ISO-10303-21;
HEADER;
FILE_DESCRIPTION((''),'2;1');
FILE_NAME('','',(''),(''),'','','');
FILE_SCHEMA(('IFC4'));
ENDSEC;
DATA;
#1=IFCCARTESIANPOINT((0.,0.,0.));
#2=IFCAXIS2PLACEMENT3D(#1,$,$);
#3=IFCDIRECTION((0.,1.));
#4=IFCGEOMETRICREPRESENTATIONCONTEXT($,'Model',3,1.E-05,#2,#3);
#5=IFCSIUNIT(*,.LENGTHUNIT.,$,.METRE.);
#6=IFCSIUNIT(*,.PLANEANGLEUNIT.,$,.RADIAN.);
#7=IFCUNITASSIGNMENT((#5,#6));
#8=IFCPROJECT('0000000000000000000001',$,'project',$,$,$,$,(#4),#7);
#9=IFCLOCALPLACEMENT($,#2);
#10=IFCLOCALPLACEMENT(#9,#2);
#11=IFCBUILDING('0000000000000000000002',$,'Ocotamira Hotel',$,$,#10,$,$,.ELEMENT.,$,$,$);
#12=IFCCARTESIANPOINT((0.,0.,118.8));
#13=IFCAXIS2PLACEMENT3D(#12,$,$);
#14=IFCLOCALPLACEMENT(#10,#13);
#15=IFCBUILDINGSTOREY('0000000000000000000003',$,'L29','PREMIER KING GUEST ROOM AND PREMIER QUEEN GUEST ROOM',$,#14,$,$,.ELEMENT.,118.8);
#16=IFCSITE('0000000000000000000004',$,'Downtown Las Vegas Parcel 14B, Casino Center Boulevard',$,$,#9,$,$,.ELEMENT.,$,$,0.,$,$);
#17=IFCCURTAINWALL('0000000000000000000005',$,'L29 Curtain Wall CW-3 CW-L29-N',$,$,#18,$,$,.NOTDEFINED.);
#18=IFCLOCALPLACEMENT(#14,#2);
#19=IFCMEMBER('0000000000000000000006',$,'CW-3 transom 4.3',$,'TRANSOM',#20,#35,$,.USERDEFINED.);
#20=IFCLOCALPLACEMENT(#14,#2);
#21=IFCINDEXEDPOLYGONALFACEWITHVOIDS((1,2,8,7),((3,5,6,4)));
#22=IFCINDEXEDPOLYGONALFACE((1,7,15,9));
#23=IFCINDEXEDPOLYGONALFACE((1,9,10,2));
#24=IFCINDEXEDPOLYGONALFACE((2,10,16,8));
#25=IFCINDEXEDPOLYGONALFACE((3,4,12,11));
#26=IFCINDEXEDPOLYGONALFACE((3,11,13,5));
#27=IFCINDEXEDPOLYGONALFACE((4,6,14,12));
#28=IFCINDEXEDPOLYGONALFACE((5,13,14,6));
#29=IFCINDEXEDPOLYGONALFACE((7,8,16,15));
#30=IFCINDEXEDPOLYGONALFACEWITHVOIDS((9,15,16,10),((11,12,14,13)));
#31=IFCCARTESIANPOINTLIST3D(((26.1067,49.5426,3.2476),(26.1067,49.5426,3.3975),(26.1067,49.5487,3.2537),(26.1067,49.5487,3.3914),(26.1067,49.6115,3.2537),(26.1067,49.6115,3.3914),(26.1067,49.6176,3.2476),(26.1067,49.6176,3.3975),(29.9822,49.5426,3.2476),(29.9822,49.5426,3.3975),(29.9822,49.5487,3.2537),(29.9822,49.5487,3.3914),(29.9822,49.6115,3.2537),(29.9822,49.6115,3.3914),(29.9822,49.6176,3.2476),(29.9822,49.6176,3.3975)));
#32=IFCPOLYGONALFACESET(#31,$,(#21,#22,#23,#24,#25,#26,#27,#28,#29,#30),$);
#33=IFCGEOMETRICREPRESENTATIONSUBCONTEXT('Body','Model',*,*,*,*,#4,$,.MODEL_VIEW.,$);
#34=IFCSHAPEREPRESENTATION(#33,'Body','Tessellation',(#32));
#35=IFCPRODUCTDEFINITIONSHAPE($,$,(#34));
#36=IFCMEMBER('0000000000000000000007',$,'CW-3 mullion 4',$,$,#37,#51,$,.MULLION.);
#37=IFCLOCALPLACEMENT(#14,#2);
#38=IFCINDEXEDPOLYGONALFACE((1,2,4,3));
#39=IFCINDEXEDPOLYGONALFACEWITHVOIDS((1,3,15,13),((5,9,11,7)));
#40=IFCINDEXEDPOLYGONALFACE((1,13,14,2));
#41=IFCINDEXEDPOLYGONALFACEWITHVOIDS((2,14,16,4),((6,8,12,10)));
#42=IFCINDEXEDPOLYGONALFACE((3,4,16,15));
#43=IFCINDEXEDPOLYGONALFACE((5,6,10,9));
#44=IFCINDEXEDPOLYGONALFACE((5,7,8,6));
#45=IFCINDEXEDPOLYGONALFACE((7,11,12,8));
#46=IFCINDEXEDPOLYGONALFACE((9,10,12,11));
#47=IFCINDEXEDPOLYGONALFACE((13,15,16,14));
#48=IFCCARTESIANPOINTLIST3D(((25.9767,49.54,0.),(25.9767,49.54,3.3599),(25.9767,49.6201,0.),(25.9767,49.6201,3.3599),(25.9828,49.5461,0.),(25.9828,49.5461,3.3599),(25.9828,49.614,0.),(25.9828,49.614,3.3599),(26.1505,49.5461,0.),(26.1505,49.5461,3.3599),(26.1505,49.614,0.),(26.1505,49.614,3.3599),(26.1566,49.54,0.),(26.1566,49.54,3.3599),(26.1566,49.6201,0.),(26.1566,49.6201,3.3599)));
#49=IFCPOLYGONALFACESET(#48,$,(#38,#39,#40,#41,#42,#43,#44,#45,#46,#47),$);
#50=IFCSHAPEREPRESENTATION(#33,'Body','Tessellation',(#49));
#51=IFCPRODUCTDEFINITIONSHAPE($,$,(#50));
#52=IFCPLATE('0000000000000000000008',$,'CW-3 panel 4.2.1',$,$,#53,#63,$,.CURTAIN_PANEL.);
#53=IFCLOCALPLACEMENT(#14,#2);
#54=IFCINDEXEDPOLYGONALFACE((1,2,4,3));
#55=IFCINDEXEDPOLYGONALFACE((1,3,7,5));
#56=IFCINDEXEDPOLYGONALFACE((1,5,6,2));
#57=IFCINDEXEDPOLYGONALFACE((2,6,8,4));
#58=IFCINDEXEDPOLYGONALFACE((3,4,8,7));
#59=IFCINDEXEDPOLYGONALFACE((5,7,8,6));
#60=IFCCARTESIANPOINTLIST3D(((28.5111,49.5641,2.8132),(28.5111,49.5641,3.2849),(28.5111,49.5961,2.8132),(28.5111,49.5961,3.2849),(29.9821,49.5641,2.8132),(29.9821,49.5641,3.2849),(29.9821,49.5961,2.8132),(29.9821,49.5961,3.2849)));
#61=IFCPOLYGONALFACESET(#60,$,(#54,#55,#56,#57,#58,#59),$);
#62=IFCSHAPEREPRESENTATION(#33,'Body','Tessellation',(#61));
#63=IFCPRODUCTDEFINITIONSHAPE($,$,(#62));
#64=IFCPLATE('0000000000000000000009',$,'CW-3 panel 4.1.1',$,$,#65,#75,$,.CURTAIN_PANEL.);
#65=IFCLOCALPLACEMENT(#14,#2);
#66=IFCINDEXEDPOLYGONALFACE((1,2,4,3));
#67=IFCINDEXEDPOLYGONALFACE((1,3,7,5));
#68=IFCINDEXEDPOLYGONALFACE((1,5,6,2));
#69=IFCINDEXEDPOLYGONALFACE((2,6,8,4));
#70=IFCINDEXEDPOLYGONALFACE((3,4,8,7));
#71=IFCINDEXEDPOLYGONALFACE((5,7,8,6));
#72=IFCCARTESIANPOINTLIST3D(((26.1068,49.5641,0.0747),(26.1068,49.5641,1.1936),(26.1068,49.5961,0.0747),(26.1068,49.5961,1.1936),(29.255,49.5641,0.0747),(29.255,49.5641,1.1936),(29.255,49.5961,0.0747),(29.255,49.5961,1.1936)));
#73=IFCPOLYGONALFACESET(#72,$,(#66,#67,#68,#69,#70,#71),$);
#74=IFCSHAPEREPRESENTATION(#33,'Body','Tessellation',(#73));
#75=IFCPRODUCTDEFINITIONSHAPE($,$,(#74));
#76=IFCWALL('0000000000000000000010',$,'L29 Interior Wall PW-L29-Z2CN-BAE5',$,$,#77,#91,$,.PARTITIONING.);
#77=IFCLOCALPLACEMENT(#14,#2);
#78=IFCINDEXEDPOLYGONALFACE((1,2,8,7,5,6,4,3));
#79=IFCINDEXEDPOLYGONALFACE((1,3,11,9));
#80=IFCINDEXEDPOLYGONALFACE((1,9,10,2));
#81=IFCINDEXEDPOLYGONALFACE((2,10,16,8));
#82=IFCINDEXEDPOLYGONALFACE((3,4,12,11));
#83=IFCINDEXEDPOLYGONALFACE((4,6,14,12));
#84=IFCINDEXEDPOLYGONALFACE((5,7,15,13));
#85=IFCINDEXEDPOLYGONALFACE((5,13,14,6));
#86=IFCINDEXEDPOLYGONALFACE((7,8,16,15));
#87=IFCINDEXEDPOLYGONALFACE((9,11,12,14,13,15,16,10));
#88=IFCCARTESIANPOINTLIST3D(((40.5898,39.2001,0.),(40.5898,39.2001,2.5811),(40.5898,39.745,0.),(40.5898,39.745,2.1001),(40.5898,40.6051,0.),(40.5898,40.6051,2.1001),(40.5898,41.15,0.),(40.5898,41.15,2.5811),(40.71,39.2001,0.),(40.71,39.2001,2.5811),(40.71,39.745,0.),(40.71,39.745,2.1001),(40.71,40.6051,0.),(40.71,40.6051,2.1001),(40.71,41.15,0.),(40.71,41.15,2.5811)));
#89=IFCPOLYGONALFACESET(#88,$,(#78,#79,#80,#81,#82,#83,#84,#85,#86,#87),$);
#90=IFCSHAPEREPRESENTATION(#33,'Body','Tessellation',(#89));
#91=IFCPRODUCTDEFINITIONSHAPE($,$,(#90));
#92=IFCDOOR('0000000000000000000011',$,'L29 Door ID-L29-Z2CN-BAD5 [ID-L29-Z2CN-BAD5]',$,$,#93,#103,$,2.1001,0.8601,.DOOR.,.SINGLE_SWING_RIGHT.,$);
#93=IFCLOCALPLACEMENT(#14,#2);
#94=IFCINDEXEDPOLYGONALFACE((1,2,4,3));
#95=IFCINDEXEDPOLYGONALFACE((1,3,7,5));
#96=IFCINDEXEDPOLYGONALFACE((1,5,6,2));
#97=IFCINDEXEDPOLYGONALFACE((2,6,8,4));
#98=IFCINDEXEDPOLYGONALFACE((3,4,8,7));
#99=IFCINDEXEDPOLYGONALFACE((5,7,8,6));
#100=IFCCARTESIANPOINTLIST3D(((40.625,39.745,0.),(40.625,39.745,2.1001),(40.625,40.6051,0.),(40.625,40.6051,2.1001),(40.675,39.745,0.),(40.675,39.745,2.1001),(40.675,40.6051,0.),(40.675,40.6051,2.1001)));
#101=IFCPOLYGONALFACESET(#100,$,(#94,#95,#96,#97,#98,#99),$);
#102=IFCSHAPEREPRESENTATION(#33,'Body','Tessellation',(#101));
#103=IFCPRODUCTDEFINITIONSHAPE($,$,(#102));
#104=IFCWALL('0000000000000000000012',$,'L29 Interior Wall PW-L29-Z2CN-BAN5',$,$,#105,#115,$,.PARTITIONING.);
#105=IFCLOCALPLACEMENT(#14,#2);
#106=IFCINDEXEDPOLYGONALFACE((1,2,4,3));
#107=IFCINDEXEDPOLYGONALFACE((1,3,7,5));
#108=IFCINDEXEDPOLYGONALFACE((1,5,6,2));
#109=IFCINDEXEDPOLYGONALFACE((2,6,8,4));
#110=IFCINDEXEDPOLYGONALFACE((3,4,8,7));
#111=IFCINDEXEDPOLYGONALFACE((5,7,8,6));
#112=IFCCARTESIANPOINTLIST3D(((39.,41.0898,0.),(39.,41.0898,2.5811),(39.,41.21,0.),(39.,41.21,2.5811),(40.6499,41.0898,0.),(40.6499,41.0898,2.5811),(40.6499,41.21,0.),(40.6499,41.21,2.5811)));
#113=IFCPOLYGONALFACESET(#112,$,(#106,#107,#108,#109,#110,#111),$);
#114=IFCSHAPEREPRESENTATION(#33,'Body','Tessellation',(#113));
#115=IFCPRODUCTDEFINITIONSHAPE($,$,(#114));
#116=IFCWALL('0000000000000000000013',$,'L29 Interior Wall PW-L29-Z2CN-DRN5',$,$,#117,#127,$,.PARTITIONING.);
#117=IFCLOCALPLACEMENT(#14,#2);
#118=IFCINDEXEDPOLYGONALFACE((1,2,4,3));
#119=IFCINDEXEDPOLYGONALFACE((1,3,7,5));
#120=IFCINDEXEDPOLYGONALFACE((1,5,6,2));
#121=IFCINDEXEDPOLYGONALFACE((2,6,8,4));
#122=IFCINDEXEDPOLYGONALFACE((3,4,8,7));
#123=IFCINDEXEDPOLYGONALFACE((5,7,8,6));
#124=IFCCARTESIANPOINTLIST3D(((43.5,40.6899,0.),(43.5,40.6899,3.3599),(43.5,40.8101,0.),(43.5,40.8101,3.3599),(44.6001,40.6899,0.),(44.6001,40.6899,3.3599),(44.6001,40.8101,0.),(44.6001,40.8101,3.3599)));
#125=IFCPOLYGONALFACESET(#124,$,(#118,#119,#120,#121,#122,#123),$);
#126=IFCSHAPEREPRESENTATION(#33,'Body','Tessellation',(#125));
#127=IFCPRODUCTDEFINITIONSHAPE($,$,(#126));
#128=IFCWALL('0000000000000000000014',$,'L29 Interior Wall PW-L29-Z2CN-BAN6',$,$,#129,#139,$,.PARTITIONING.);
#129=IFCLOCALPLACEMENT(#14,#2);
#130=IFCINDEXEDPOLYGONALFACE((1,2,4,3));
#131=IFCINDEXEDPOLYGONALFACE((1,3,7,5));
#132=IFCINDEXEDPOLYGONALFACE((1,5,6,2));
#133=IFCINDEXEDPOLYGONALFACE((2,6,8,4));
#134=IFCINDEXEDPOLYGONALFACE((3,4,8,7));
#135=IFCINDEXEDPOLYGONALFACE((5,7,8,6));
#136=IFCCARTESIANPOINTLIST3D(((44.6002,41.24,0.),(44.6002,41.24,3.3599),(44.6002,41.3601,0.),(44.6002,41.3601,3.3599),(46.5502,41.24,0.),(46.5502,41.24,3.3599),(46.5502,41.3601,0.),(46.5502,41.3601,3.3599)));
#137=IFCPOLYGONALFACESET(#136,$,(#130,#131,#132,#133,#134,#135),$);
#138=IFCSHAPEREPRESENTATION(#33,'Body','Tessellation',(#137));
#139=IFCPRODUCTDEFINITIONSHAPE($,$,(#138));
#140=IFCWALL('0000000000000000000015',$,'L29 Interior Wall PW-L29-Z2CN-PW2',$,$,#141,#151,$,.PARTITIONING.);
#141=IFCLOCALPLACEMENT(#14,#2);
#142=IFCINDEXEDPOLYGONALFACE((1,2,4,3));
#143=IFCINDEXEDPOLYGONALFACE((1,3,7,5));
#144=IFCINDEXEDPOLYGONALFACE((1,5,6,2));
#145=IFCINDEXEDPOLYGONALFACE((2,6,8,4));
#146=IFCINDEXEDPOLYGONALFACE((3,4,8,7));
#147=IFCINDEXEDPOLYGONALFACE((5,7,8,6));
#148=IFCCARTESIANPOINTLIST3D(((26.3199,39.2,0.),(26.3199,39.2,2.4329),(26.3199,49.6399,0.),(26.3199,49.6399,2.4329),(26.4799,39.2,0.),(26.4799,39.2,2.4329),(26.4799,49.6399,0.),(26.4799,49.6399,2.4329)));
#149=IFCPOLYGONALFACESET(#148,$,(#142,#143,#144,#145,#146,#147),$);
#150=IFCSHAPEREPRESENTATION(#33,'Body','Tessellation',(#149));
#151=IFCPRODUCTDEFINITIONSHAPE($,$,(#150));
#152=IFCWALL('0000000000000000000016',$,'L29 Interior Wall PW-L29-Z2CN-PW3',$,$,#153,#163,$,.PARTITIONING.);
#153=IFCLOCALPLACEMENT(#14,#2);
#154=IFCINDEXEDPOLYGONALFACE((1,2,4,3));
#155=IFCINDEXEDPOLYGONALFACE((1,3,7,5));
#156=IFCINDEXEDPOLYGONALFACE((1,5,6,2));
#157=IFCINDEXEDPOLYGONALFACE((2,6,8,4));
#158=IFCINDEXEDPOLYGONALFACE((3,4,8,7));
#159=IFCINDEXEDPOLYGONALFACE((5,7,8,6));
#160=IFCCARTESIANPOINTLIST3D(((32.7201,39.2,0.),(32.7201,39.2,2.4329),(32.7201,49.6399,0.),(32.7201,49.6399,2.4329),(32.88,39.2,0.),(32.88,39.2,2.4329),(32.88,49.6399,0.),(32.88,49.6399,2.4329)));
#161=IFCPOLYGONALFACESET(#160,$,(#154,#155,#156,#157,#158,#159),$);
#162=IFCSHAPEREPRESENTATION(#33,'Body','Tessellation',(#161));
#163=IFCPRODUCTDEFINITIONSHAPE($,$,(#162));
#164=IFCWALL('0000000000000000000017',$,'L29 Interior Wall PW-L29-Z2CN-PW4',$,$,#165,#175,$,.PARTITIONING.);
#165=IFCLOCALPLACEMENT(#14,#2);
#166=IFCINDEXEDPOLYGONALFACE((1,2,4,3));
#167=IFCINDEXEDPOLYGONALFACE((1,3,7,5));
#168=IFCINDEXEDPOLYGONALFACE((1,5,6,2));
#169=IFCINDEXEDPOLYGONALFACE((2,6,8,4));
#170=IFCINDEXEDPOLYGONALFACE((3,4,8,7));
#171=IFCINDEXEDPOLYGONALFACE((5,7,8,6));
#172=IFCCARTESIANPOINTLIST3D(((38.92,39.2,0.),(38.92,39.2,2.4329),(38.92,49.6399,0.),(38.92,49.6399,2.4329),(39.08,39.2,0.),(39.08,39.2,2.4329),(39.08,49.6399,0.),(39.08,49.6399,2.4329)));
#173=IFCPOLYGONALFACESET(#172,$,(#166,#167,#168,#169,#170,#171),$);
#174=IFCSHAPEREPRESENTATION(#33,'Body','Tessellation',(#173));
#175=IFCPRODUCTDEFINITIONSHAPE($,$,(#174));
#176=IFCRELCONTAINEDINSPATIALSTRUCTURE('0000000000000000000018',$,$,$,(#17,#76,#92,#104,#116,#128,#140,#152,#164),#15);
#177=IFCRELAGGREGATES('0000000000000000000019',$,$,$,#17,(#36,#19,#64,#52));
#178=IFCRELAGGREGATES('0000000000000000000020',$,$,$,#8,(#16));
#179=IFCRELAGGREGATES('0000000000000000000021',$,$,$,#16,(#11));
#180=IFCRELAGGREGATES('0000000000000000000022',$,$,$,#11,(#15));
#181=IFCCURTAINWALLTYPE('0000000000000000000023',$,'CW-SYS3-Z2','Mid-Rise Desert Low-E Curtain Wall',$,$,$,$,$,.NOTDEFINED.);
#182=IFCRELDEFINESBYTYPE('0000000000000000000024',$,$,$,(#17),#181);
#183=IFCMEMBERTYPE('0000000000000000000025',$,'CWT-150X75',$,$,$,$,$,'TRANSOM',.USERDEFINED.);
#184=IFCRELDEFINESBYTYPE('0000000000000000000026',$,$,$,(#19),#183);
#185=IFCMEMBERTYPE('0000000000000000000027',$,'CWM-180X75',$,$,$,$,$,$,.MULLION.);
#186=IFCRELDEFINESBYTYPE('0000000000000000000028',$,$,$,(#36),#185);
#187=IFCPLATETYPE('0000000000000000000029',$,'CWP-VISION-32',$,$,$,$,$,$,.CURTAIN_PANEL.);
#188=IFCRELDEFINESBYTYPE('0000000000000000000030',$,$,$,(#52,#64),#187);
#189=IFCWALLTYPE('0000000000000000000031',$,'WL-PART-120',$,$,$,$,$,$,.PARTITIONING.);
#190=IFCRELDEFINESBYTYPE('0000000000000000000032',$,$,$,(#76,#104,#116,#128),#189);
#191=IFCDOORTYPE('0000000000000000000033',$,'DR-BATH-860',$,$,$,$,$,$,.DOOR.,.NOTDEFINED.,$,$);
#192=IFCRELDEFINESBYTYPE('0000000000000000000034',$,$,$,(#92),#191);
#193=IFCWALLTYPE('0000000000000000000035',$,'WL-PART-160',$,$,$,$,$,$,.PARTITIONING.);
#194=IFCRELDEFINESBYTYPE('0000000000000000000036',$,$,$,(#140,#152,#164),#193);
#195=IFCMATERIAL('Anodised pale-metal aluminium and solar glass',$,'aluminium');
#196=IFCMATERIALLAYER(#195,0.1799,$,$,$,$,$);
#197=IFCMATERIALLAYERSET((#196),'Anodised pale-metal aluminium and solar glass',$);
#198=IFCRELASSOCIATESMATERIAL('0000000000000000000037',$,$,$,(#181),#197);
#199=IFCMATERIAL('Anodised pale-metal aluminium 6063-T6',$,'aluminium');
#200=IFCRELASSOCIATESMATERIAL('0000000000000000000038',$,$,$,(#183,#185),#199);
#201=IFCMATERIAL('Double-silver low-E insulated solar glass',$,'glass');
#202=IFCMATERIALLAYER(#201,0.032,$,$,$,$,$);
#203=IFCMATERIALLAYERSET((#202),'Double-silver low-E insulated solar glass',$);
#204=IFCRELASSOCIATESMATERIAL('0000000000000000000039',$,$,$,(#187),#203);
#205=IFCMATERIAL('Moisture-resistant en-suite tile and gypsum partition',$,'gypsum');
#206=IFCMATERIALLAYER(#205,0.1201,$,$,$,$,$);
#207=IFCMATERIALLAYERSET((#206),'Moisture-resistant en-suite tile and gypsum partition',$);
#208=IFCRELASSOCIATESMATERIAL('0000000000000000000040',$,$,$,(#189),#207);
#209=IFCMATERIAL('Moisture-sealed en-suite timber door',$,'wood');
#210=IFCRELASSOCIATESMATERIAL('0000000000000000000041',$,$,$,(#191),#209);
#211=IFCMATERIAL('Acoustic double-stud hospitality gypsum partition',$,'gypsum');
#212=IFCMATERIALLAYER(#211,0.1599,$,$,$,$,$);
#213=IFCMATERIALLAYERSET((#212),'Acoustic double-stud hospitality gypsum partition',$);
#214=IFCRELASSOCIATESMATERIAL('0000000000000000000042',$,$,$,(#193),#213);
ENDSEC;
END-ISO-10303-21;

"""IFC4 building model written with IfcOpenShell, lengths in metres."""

from ifc_helpers import new_model, si_unit, direction, frame, frame_2d, origin, origin_2d, place, context, subcontext, project, spatial, rectangle, hollow_rectangle, extrude, source, transform, mapped, material, layer, layer_set, material_profile, profile_set, type_object, element, fill, aggregate, save


model = new_model("IFC4")

# Units and contexts
model_context = context("Model", 3, precision=1e-05, world=origin(), true_north=direction((0.0, 1.0)))
body_context = subcontext(model_context, "Body", "Model", "MODEL_VIEW")
ifc_project = project(units=[si_unit("LENGTHUNIT", "METRE"), si_unit("PLANEANGLEUNIT", "RADIAN")], contexts=[model_context])

# Site, building, storey
site_placement = place(None, origin())
site = spatial("IfcSite", under=ifc_project, at=site_placement, Name="Downtown Las Vegas Parcel 14B, Casino Center Boulevard", CompositionType="ELEMENT", RefElevation=0.0)
building_placement = place(site_placement, origin())
building = spatial("IfcBuilding", under=site, at=building_placement, Name="Ocotamira Hotel", CompositionType="ELEMENT")
storey_placement = place(building_placement, frame((0.0, 0.0, 118.8)))
storey = spatial("IfcBuildingStorey", under=building, at=storey_placement, Name="L29", Description="PREMIER KING GUEST ROOM AND PREMIER QUEEN GUEST ROOM", CompositionType="ELEMENT", Elevation=118.8)

# Curtain wall, members, plates
ifc_material_1 = material(Name="Anodised pale-metal aluminium and solar glass", Category="aluminium")
ifc_layer_1 = layer(ifc_material_1, 0.1799)
ifc_layer_set_1 = layer_set([ifc_layer_1], Name="Anodised pale-metal aluminium and solar glass")
curtain_wall_type = type_object("IfcCurtainWallType", Name="CW-SYS3-Z2", Description="Mid-Rise Desert Low-E Curtain Wall", PredefinedType="NOTDEFINED", material=ifc_layer_set_1)
curtain_wall_placement = place(storey_placement, origin())
curtain_wall = element("IfcCurtainWall", 1, at=curtain_wall_placement, inside=storey, type_object=curtain_wall_type, Name="L29 Curtain Wall CW-3 CW-L29-N", PredefinedType="NOTDEFINED")
ifc_material_2 = material(Name="Anodised pale-metal aluminium 6063-T6", Category="aluminium")
ifc_material_profile_1 = material_profile(ifc_material_2, hollow_rectangle(XDim=0.075, YDim=0.1499, WallThickness=0.0061, at=origin_2d()), Name="HSS150X75X6")
ifc_profile_set_1 = profile_set([ifc_material_profile_1], Name="Anodised pale-metal aluminium 6063-T6")
member_type_1 = type_object("IfcMemberType", Name="CWT-150X75", ElementType="TRANSOM", PredefinedType="USERDEFINED", material=ifc_profile_set_1)
shared_shape_1 = source(origin(), body_context, "Body", "SweptSolid", [
    extrude(hollow_rectangle(XDim=0.075, YDim=0.1499, WallThickness=0.0061, at=origin_2d()), origin(), (0.0, 0.0, 1.0), 3.8755),
])
member_1_placement = place(storey_placement, frame((26.1067, 49.5801, 3.3225), z_axis=(1.0, 0.0, 0.0), x_axis=(0.0, 1.0, 0.0)))
member_1 = element("IfcMember", 2, at=member_1_placement, type_object=member_type_1, Name="CW-3 transom 4.3", ObjectType="TRANSOM", PredefinedType="USERDEFINED", context=body_context, shape_type="MappedRepresentation", body=[
    mapped(shared_shape_1, transform((0.0, 0.0, 0.0), scale=1.0)),
])
ifc_material_profile_2 = material_profile(ifc_material_2, hollow_rectangle(XDim=0.0801, YDim=0.1799, WallThickness=0.0061, at=origin_2d()), Name="HSS180X80X6")
ifc_profile_set_2 = profile_set([ifc_material_profile_2], Name="Anodised pale-metal aluminium 6063-T6")
member_type_2 = type_object("IfcMemberType", Name="CWM-180X75", PredefinedType="MULLION", material=ifc_profile_set_2)
shared_shape_2 = source(origin(), body_context, "Body", "SweptSolid", [
    extrude(hollow_rectangle(XDim=0.0801, YDim=0.1799, WallThickness=0.0061, at=origin_2d()), origin(), (0.0, 0.0, 1.0), 3.3599),
])
member_2_placement = place(storey_placement, frame((26.0667, 49.5801, 0.0), z_axis=(0.0, 0.0, 1.0), x_axis=(0.0, 1.0, 0.0)))
member_2 = element("IfcMember", 3, at=member_2_placement, type_object=member_type_2, Name="CW-3 mullion 4", PredefinedType="MULLION", context=body_context, shape_type="MappedRepresentation", body=[
    mapped(shared_shape_2, transform((0.0, 0.0, 0.0), scale=1.0)),
])
ifc_material_3 = material(Name="Double-silver low-E insulated solar glass", Category="glass")
ifc_layer_2 = layer(ifc_material_3, 0.032)
ifc_layer_set_2 = layer_set([ifc_layer_2], Name="Double-silver low-E insulated solar glass")
plate_type = type_object("IfcPlateType", Name="CWP-VISION-32", PredefinedType="CURTAIN_PANEL", material=ifc_layer_set_2)
shared_shape_3 = source(origin(), body_context, "Body", "SweptSolid", [
    extrude(rectangle(XDim=1.4709, YDim=0.032, at=origin_2d()), origin(), (0.0, 0.0, 1.0), 0.4717),
])
plate_1_placement = place(storey_placement, frame((29.2466, 49.5801, 2.8132), z_axis=(0.0, 0.0, 1.0), x_axis=(1.0, 0.0, 0.0)))
plate_1 = element("IfcPlate", 4, at=plate_1_placement, type_object=plate_type, Name="CW-3 panel 4.2.1", PredefinedType="CURTAIN_PANEL", context=body_context, shape_type="MappedRepresentation", body=[
    mapped(shared_shape_3, transform((0.0, 0.0, 0.0), scale=1.0)),
])
shared_shape_4 = source(origin(), body_context, "Body", "SweptSolid", [
    extrude(rectangle(XDim=3.1482, YDim=0.032, at=origin_2d()), origin(), (0.0, 0.0, 1.0), 1.1189),
])
plate_2_placement = place(storey_placement, frame((27.6809, 49.5801, 0.0747), z_axis=(0.0, 0.0, 1.0), x_axis=(1.0, 0.0, 0.0)))
plate_2 = element("IfcPlate", 5, at=plate_2_placement, type_object=plate_type, Name="CW-3 panel 4.1.1", PredefinedType="CURTAIN_PANEL", context=body_context, shape_type="MappedRepresentation", body=[
    mapped(shared_shape_4, transform((0.0, 0.0, 0.0), scale=1.0)),
])
aggregate(curtain_wall, [member_2, member_1, plate_2, plate_1])

# Wall, opening, door
ifc_material_4 = material(Name="Moisture-resistant en-suite tile and gypsum partition", Category="gypsum")
ifc_layer_3 = layer(ifc_material_4, 0.1201)
ifc_layer_set_3 = layer_set([ifc_layer_3], Name="Moisture-resistant en-suite tile and gypsum partition")
wall_type_1 = type_object("IfcWallType", Name="WL-PART-120", PredefinedType="PARTITIONING", material=ifc_layer_set_3)
wall_1_placement = place(storey_placement, frame((40.6499, 39.2, 0.0), z_axis=(0.0, 0.0, 1.0), x_axis=(0.0, 1.0, 0.0)))
wall_1 = element("IfcWall", 6, at=wall_1_placement, inside=storey, type_object=wall_type_1, Name="L29 Interior Wall PW-L29-Z2CN-BAE5", PredefinedType="PARTITIONING", context=body_context, shape_type="SweptSolid", body=[
    extrude(rectangle(XDim=1.95, YDim=0.1201, at=frame_2d((0.9751, 0.0))), origin(), (0.0, 0.0, 1.0), 2.5811),
])
opening_1_placement = place(wall_1_placement, frame((0.5449, 0.0, 0.0)))
opening_1 = element("IfcOpeningElement", 7, at=opening_1_placement, cuts=wall_1, PredefinedType="OPENING", context=body_context, shape_type="SweptSolid", body=[
    extrude(rectangle(XDim=0.8601, YDim=2.1001, at=frame_2d((0.4302, 1.05))), frame((0.0, 0.0701, 0.0), z_axis=(0.0, -1.0, 0.0), x_axis=(1.0, 0.0, 0.0)), (0.0, 0.0, 1.0), 0.1401),
])
ifc_material_5 = material(Name="Moisture-sealed en-suite timber door", Category="wood")
door_type_1 = type_object("IfcDoorType", Name="DR-BATH-860", OperationType="NOTDEFINED", PredefinedType="DOOR", material=ifc_material_5)
shared_shape_5 = source(origin(), body_context, "Body", "SweptSolid", [
    extrude(rectangle(XDim=0.8601, YDim=2.1001, at=frame_2d((0.4302, 1.05))), frame((0.0, 0.0249, 0.0), z_axis=(0.0, -1.0, 0.0), x_axis=(1.0, 0.0, 0.0)), (0.0, 0.0, 1.0), 0.05),
])
door_1_placement = place(opening_1_placement, origin())
door_1 = element("IfcDoor", 8, at=door_1_placement, inside=storey, type_object=door_type_1, Name="L29 Door ID-L29-Z2CN-BAD5 [ID-L29-Z2CN-BAD5]", OperationType="SINGLE_SWING_RIGHT", OverallHeight=2.1001, OverallWidth=0.8601, PredefinedType="DOOR", context=body_context, shape_type="MappedRepresentation", body=[
    mapped(shared_shape_5, transform((0.0, 0.0, 0.0), scale=1.0)),
])
fill(opening_1, door_1)

# Walls
wall_2_placement = place(storey_placement, frame((39.0, 41.1499, 0.0), z_axis=(0.0, 0.0, 1.0), x_axis=(1.0, 0.0, 0.0)))
element("IfcWall", 9, at=wall_2_placement, inside=storey, type_object=wall_type_1, Name="L29 Interior Wall PW-L29-Z2CN-BAN5", PredefinedType="PARTITIONING", context=body_context, shape_type="SweptSolid", body=[
    extrude(rectangle(XDim=1.6499, YDim=0.1201, at=frame_2d((0.825, 0.0))), origin(), (0.0, 0.0, 1.0), 2.5811),
])
wall_3_placement = place(storey_placement, frame((43.5, 40.75, 0.0), z_axis=(0.0, 0.0, 1.0), x_axis=(1.0, 0.0, 0.0)))
element("IfcWall", 10, at=wall_3_placement, inside=storey, type_object=wall_type_1, Name="L29 Interior Wall PW-L29-Z2CN-DRN5", PredefinedType="PARTITIONING", context=body_context, shape_type="SweptSolid", body=[
    extrude(rectangle(XDim=1.1001, YDim=0.1201, at=frame_2d((0.55, 0.0))), origin(), (0.0, 0.0, 1.0), 3.3599),
])
wall_4_placement = place(storey_placement, frame((44.6001, 41.3, 0.0), z_axis=(0.0, 0.0, 1.0), x_axis=(1.0, 0.0, 0.0)))
element("IfcWall", 11, at=wall_4_placement, inside=storey, type_object=wall_type_1, Name="L29 Interior Wall PW-L29-Z2CN-BAN6", PredefinedType="PARTITIONING", context=body_context, shape_type="SweptSolid", body=[
    extrude(rectangle(XDim=1.95, YDim=0.1201, at=frame_2d((0.9751, 0.0))), origin(), (0.0, 0.0, 1.0), 3.3599),
])
ifc_material_6 = material(Name="Acoustic double-stud hospitality gypsum partition", Category="gypsum")
ifc_layer_4 = layer(ifc_material_6, 0.1599)
ifc_layer_set_4 = layer_set([ifc_layer_4], Name="Acoustic double-stud hospitality gypsum partition")
wall_type_2 = type_object("IfcWallType", Name="WL-PART-160", PredefinedType="PARTITIONING", material=ifc_layer_set_4)
for number, where, z_axis, x_axis, name in (
    (12, (26.3999, 39.2, 0.0), (0.0, 0.0, 1.0), (0.0, 1.0, 0.0), "L29 Interior Wall PW-L29-Z2CN-PW2"),
    (13, (32.8, 39.2, 0.0), (0.0, 0.0, 1.0), (0.0, 1.0, 0.0), "L29 Interior Wall PW-L29-Z2CN-PW3"),
    (14, (39.0, 39.2, 0.0), (0.0, 0.0, 1.0), (0.0, 1.0, 0.0), "L29 Interior Wall PW-L29-Z2CN-PW4"),
):
    element("IfcWall", number, at=place(storey_placement, frame(where, z_axis=z_axis, x_axis=x_axis)), inside=storey, type_object=wall_type_2, Name=name, PredefinedType="PARTITIONING", context=body_context, shape_type="SweptSolid", body=[
        extrude(rectangle(XDim=10.4399, YDim=0.1599, at=frame_2d((5.22, 0.0))), origin(), (0.0, 0.0, 1.0), 2.4329),
    ])

save(model, "model.ifc")
